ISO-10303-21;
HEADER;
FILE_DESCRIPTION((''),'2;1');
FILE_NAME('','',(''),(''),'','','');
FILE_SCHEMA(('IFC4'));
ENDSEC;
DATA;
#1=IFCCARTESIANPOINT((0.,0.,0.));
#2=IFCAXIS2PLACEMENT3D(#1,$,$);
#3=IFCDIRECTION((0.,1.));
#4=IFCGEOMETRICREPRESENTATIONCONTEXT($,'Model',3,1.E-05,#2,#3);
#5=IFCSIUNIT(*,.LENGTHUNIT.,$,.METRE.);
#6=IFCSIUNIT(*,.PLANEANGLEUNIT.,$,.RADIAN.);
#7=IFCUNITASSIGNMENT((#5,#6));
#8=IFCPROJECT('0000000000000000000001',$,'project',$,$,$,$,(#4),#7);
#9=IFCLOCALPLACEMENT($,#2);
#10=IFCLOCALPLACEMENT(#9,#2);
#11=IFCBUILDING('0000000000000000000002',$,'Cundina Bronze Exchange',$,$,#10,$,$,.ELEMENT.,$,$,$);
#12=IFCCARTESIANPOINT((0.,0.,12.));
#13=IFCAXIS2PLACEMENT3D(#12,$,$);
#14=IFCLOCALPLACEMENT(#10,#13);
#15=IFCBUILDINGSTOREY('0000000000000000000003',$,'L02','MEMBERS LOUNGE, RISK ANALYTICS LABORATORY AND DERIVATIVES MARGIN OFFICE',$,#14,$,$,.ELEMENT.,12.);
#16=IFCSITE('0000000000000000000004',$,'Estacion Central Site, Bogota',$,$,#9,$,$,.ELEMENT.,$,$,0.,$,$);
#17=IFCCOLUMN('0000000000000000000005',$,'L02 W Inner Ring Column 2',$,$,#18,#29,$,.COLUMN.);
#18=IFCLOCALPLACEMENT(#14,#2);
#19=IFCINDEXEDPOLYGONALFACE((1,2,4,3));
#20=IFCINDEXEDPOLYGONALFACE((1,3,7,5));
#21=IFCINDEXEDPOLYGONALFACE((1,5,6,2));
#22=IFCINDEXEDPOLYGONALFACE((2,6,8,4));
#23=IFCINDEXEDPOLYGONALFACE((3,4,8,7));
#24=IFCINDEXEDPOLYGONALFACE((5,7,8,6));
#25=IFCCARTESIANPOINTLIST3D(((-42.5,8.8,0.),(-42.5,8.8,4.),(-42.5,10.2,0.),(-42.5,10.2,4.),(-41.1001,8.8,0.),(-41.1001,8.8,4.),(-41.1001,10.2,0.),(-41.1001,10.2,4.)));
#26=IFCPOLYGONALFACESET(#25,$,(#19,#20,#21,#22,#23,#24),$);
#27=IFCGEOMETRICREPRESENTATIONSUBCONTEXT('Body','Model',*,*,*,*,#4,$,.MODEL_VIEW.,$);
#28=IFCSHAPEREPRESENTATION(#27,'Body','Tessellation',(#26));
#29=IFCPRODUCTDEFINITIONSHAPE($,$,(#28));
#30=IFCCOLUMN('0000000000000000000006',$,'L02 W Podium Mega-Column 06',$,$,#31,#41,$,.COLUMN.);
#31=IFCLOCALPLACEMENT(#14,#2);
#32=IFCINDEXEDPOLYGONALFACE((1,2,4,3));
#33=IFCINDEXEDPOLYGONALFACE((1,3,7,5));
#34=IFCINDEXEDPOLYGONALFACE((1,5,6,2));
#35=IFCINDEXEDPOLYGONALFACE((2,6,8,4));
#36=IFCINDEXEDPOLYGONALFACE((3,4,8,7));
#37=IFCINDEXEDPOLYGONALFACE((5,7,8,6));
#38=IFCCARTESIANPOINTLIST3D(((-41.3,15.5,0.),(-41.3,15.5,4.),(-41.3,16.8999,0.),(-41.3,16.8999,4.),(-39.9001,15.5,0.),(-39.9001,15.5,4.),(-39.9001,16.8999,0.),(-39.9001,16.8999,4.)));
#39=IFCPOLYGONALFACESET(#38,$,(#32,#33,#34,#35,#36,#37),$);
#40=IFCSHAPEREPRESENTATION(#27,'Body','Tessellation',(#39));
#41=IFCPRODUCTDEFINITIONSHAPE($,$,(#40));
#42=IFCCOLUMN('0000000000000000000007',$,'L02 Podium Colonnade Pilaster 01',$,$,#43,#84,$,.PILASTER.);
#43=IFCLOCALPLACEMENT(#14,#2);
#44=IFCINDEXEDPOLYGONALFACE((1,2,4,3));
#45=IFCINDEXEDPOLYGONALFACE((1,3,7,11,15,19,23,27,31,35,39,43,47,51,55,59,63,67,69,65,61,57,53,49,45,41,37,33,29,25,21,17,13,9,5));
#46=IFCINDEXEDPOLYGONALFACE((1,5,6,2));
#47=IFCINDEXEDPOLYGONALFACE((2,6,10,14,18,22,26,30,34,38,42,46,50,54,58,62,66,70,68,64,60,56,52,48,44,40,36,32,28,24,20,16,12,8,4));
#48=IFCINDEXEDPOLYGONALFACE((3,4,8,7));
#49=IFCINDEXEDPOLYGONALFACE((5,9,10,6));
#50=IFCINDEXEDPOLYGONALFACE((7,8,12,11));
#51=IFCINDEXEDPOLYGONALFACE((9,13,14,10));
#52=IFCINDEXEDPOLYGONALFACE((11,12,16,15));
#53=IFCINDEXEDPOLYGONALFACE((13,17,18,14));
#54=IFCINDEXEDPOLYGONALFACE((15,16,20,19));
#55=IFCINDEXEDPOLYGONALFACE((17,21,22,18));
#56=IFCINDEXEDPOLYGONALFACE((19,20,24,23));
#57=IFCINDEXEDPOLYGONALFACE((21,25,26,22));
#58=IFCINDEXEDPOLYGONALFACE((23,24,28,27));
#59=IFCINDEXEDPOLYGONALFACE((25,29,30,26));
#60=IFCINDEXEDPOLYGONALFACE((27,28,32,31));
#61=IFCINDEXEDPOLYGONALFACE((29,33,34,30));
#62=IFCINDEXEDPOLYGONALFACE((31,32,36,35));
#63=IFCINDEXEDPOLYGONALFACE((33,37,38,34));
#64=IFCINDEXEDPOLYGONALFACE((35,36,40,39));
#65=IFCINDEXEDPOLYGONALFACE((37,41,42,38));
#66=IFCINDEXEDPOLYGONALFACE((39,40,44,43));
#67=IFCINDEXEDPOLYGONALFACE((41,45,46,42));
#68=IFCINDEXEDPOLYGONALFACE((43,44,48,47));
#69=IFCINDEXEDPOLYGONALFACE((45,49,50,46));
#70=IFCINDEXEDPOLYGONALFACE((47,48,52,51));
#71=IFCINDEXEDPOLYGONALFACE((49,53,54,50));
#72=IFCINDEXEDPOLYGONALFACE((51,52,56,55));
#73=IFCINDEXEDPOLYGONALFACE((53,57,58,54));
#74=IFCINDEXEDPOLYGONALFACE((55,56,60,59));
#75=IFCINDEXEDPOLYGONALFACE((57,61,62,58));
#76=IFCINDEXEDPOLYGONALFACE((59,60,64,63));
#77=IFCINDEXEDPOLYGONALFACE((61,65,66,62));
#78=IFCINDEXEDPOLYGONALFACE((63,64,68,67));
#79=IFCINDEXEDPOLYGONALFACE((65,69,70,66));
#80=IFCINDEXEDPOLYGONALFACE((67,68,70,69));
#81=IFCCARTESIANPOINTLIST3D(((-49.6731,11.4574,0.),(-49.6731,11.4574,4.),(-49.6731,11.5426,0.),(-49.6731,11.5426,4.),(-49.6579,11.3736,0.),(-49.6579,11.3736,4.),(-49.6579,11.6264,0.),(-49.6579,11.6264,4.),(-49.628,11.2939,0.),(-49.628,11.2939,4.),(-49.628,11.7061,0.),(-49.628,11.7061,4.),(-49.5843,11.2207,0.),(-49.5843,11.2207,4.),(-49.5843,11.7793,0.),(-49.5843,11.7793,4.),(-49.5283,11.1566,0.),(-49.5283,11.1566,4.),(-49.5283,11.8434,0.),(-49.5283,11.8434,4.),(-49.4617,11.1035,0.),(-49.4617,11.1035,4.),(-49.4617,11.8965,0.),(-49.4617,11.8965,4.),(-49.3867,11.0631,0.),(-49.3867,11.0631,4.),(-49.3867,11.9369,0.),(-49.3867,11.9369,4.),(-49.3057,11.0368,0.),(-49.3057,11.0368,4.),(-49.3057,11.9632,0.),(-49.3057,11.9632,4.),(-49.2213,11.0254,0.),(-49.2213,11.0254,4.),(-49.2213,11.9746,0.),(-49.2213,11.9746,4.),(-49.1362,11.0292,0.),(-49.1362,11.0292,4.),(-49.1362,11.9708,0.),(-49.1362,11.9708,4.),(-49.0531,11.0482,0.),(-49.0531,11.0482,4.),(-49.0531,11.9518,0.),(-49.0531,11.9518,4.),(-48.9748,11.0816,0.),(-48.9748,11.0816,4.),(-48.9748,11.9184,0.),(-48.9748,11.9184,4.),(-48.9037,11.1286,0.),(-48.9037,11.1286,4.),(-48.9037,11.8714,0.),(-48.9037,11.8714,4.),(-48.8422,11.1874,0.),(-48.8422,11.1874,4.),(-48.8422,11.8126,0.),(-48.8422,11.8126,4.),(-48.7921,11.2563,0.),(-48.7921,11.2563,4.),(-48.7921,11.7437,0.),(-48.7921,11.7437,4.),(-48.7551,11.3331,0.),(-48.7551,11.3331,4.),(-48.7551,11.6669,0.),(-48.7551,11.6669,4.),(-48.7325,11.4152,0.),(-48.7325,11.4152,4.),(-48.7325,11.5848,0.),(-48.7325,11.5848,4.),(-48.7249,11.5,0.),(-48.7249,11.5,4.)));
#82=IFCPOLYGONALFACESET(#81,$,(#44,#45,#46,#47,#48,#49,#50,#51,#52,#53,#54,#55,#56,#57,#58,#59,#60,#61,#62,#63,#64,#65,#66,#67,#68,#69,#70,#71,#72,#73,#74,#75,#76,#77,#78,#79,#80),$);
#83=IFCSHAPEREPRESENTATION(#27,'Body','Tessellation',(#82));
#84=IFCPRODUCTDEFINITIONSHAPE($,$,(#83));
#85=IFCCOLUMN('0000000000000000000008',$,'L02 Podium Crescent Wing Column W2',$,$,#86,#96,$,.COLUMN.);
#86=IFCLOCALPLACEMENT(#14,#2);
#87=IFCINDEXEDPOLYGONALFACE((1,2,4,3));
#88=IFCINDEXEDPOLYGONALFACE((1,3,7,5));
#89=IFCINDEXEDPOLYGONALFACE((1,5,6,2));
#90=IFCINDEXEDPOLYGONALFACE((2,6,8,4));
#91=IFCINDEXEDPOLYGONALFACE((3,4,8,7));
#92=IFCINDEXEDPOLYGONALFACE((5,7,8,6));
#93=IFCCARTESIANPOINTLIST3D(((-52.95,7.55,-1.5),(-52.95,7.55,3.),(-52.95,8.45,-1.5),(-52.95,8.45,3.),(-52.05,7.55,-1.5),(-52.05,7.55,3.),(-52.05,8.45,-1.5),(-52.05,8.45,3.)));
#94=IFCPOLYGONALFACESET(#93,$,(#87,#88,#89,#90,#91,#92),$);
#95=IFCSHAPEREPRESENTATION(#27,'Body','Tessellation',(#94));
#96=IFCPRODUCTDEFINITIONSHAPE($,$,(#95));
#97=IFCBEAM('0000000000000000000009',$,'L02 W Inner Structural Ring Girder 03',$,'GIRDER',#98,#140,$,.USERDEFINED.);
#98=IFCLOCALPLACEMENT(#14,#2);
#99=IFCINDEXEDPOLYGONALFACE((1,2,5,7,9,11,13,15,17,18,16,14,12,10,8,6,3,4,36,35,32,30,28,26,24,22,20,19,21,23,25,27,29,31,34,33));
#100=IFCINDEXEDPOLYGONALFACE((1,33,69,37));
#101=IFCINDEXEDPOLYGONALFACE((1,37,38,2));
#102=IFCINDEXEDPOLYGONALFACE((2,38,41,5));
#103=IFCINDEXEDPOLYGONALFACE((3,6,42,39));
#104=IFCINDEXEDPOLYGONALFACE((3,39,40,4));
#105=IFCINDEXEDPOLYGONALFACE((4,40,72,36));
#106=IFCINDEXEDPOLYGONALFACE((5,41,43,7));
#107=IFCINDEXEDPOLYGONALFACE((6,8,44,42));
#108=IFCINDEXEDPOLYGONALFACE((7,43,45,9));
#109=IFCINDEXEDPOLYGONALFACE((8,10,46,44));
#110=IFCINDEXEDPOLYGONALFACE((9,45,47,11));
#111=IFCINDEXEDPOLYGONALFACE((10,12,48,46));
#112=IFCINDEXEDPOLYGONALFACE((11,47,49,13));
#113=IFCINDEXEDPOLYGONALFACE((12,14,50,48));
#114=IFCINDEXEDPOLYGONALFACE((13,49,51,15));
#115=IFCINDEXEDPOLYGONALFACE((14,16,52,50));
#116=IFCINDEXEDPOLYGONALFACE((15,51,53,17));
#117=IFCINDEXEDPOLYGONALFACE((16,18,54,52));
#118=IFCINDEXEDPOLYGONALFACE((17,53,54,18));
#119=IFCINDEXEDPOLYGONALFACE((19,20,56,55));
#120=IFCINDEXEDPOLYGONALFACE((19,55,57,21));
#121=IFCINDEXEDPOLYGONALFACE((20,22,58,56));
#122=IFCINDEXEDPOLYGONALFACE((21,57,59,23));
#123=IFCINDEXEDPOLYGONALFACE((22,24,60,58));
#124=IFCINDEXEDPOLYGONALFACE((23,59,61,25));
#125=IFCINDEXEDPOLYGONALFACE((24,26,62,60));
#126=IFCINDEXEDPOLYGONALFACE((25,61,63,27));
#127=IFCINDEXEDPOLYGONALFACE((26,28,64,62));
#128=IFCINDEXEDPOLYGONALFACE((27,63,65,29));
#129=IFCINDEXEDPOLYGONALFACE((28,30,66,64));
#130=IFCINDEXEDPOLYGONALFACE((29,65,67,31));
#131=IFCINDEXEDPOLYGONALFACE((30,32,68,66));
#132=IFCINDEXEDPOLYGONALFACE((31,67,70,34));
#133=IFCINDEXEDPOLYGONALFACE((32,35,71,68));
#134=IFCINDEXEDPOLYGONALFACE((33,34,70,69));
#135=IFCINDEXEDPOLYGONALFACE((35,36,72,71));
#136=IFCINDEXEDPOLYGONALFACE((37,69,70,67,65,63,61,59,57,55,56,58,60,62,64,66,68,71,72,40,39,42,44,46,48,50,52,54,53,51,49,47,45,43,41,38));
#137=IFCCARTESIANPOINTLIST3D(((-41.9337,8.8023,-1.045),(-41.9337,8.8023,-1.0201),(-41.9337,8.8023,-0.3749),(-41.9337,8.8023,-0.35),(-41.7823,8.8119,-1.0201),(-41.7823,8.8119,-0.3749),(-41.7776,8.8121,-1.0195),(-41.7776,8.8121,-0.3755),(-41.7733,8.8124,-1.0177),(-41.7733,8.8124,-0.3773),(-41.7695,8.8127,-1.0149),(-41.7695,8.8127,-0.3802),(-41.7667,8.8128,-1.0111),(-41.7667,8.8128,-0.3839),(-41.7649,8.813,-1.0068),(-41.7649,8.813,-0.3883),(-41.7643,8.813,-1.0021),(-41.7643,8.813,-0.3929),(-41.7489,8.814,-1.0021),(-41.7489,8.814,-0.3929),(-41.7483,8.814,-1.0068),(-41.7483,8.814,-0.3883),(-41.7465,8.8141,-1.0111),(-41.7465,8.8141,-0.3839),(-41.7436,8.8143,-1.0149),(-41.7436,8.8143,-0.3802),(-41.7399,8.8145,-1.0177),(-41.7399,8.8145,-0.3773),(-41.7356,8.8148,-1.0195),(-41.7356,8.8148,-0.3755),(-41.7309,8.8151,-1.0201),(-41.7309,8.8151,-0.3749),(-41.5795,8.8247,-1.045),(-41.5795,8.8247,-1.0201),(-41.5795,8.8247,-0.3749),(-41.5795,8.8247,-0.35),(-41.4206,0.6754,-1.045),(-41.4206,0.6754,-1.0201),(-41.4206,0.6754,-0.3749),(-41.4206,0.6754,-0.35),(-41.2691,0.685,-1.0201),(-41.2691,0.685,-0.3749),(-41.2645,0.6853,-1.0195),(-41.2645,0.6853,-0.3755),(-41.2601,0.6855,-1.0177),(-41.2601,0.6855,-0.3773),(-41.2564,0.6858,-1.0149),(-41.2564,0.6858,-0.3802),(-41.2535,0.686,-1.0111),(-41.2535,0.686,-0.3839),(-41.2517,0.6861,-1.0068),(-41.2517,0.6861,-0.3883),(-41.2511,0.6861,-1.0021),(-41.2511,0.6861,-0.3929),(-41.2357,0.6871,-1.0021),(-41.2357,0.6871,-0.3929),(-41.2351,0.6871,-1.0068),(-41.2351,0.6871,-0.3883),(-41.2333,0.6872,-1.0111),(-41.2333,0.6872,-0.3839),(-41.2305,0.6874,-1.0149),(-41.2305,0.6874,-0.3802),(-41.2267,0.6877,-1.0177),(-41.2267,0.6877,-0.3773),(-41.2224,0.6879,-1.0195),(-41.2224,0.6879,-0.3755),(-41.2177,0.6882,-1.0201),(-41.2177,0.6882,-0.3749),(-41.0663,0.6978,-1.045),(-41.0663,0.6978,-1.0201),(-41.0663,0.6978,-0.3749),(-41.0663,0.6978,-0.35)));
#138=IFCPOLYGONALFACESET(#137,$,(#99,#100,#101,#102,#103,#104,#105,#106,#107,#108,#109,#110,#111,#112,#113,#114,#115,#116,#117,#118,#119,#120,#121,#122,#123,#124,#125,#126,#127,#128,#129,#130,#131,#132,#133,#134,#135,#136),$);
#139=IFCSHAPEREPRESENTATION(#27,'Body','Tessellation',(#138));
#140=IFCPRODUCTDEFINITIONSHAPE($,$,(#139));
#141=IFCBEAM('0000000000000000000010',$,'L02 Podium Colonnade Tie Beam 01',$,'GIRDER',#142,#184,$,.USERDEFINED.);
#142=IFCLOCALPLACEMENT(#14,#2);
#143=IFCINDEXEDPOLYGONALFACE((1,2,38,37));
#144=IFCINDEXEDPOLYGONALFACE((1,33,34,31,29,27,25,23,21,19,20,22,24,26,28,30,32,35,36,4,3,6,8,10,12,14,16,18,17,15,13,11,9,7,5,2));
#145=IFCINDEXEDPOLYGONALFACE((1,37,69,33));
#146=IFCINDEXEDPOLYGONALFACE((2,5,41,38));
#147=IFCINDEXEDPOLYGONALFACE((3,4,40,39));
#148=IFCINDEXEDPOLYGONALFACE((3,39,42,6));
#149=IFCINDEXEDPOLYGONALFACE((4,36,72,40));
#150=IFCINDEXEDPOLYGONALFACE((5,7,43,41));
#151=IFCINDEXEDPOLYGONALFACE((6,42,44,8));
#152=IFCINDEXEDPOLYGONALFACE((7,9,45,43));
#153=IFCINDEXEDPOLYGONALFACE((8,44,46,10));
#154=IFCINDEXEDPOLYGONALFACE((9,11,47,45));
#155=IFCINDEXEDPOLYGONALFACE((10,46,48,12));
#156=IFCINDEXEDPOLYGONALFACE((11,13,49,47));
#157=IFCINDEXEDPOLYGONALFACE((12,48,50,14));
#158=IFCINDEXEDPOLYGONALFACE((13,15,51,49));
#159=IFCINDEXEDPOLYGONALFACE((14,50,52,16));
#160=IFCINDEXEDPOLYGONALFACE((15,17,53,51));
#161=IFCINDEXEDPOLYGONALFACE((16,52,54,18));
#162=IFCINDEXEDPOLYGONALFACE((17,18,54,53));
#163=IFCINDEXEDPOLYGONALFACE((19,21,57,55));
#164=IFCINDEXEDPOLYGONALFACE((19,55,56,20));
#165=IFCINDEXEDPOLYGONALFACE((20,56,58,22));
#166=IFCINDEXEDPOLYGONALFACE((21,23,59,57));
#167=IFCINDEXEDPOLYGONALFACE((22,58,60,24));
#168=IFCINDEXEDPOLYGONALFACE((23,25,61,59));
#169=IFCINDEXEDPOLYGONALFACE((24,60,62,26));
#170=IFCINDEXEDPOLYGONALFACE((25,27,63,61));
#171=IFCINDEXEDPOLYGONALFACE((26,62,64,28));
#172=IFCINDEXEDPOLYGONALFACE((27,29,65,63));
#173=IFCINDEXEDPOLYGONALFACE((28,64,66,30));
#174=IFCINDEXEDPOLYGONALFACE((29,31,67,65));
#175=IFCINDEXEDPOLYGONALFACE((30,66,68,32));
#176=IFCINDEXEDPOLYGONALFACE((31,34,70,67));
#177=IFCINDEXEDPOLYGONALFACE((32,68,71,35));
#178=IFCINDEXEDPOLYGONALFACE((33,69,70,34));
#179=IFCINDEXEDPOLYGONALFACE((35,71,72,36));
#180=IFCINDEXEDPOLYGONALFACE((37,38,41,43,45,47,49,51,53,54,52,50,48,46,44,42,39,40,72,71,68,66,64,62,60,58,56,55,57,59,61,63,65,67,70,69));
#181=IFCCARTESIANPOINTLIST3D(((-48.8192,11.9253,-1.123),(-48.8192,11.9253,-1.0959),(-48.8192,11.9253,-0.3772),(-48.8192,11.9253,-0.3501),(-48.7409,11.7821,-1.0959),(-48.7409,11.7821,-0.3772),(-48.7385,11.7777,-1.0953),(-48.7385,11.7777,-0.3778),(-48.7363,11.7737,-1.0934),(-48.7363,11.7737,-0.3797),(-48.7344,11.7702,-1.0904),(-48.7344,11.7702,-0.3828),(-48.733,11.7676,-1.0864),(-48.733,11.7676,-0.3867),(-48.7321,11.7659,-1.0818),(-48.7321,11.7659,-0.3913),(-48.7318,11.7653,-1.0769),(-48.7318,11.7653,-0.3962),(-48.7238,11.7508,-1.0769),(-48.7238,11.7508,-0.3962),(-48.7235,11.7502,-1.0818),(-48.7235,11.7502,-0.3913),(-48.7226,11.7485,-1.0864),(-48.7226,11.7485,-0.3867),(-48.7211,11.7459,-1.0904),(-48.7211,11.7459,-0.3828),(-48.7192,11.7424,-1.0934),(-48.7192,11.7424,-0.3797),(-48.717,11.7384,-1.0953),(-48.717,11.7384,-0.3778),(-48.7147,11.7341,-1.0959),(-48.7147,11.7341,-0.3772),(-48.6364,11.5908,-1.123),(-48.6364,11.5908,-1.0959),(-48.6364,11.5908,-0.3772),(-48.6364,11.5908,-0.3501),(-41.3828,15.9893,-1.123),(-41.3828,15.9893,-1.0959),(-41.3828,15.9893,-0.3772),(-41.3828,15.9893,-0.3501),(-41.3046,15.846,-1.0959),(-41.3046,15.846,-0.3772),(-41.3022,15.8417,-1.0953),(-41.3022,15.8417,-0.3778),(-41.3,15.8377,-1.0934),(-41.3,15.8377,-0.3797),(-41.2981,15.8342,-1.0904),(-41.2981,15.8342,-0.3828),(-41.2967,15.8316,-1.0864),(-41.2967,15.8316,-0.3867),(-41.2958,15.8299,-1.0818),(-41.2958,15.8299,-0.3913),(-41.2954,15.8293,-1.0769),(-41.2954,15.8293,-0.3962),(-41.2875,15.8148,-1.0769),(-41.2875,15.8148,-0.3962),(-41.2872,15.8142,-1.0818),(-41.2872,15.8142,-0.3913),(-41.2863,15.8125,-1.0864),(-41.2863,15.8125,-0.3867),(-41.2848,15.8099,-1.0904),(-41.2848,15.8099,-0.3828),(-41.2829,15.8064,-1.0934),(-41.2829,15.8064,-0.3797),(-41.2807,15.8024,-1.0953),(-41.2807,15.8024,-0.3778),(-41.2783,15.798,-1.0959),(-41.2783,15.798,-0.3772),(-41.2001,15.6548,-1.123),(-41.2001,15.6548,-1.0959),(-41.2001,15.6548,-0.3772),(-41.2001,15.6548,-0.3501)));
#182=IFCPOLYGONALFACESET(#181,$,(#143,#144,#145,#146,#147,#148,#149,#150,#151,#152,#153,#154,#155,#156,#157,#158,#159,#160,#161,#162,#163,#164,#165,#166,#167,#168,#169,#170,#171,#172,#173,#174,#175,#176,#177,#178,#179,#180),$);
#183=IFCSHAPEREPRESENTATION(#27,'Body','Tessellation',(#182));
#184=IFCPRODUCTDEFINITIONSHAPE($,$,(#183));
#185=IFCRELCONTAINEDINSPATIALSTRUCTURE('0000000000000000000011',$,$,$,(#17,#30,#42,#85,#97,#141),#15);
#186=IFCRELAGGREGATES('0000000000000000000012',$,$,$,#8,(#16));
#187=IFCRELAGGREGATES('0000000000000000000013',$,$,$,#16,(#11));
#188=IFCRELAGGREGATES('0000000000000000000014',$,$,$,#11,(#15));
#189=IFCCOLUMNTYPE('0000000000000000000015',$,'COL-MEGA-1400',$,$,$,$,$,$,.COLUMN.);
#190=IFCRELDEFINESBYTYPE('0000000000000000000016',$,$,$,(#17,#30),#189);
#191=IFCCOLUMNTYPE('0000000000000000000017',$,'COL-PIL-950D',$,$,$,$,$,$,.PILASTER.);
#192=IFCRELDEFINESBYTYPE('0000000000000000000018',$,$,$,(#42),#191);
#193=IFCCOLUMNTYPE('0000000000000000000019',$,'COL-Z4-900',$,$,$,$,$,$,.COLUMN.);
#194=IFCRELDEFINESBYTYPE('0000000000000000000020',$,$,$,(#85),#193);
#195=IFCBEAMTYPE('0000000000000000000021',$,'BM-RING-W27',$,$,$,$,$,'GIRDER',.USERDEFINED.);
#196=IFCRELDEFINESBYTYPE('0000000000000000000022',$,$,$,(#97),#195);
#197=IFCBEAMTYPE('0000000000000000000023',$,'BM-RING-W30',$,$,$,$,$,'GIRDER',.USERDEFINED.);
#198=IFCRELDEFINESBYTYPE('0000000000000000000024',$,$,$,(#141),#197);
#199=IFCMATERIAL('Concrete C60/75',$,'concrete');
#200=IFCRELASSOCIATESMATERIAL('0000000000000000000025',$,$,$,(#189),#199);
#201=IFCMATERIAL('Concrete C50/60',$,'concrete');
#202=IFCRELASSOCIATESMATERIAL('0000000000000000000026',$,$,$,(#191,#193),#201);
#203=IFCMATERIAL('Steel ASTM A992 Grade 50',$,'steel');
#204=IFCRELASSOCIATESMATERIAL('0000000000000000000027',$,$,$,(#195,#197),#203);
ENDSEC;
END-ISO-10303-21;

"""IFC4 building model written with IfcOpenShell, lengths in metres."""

from ifc_helpers import new_model, si_unit, direction, frame, origin, origin_2d, place, context, subcontext, project, spatial, rectangle, circle, i_section, extrude, material, material_profile, profile_set, type_object, element, save


model = new_model("IFC4")

# Units and contexts
model_context = context("Model", 3, precision=1e-05, world=origin(), true_north=direction((0.0, 1.0)))
body_context = subcontext(model_context, "Body", "Model", "MODEL_VIEW")
ifc_project = project(units=[si_unit("LENGTHUNIT", "METRE"), si_unit("PLANEANGLEUNIT", "RADIAN")], contexts=[model_context])

# Site, building, storey
site_placement = place(None, origin())
site = spatial("IfcSite", under=ifc_project, at=site_placement, Name="Estacion Central Site, Bogota", CompositionType="ELEMENT", RefElevation=0.0)
building_placement = place(site_placement, origin())
building = spatial("IfcBuilding", under=site, at=building_placement, Name="Cundina Bronze Exchange", CompositionType="ELEMENT")
storey_placement = place(building_placement, frame((0.0, 0.0, 12.0)))
storey = spatial("IfcBuildingStorey", under=building, at=storey_placement, Name="L02", Description="MEMBERS LOUNGE, RISK ANALYTICS LABORATORY AND DERIVATIVES MARGIN OFFICE", CompositionType="ELEMENT", Elevation=12.0)

# Columns
ifc_material_1 = material(Name="Concrete C60/75", Category="concrete")
ifc_material_profile_1 = material_profile(ifc_material_1, rectangle(XDim=1.3999, YDim=1.3999, at=origin_2d()), Name="RC1400X1400", Category="concrete")
ifc_profile_set_1 = profile_set([ifc_material_profile_1], Name="Concrete C60/75")
column_type_1 = type_object("IfcColumnType", Name="COL-MEGA-1400", PredefinedType="COLUMN", material=ifc_profile_set_1)
for number, where, z_axis, x_axis, name in (
    (1, (-41.8, 9.5, 0.0), (0.0, 0.0, 1.0), (1.0, 0.0, 0.0), "L02 W Inner Ring Column 2"),
    (2, (-40.6001, 16.2, 0.0), (0.0, 0.0, 1.0), (1.0, 0.0, 0.0), "L02 W Podium Mega-Column 06"),
):
    element("IfcColumn", number, at=place(storey_placement, frame(where, z_axis=z_axis, x_axis=x_axis)), inside=storey, type_object=column_type_1, Name=name, PredefinedType="COLUMN", context=body_context, shape_type="SweptSolid", body=[
        extrude(rectangle(XDim=1.3999, YDim=1.3999, at=origin_2d()), origin(), (0.0, 0.0, 1.0), 4.0),
    ])
ifc_material_2 = material(Name="Concrete C50/60", Category="concrete")
ifc_material_profile_2 = material_profile(ifc_material_2, circle(Radius=0.4751, at=origin_2d()), Name="RC950D", Category="concrete")
ifc_profile_set_2 = profile_set([ifc_material_profile_2], Name="Concrete C50/60")
column_type_2 = type_object("IfcColumnType", Name="COL-PIL-950D", PredefinedType="PILASTER", material=ifc_profile_set_2)
column_1_placement = place(storey_placement, frame((-49.2, 11.5, 0.0), z_axis=(0.0, 0.0, 1.0), x_axis=(1.0, 0.0, 0.0)))
element("IfcColumn", 3, at=column_1_placement, inside=storey, type_object=column_type_2, Name="L02 Podium Colonnade Pilaster 01", PredefinedType="PILASTER", context=body_context, shape_type="SweptSolid", body=[
    extrude(circle(Radius=0.4751, at=origin_2d()), origin(), (0.0, 0.0, 1.0), 4.0),
])
ifc_material_profile_3 = material_profile(ifc_material_2, rectangle(XDim=0.8999, YDim=0.8999, at=origin_2d()), Name="RC900X900", Category="concrete")
ifc_profile_set_3 = profile_set([ifc_material_profile_3], Name="Concrete C50/60")
column_type_3 = type_object("IfcColumnType", Name="COL-Z4-900", PredefinedType="COLUMN", material=ifc_profile_set_3)
column_2_placement = place(storey_placement, frame((-52.5, 8.0, -1.5), z_axis=(0.0, 0.0, 1.0), x_axis=(1.0, 0.0, 0.0)))
element("IfcColumn", 4, at=column_2_placement, inside=storey, type_object=column_type_3, Name="L02 Podium Crescent Wing Column W2", PredefinedType="COLUMN", context=body_context, shape_type="SweptSolid", body=[
    extrude(rectangle(XDim=0.8999, YDim=0.8999, at=origin_2d()), origin(), (0.0, 0.0, 1.0), 4.5),
])

# Beams
ifc_material_3 = material(Name="Steel ASTM A992 Grade 50", Category="steel")
ifc_material_profile_4 = material_profile(ifc_material_3, i_section(OverallWidth=0.355, OverallDepth=0.6951, WebThickness=0.0154, FlangeThickness=0.0249, FilletRadius=0.0181, at=origin_2d()), Name="W27X146", Category="steel")
ifc_profile_set_4 = profile_set([ifc_material_profile_4], Name="Steel ASTM A992 Grade 50")
beam_type_1 = type_object("IfcBeamType", Name="BM-RING-W27", ElementType="GIRDER", PredefinedType="USERDEFINED", material=ifc_profile_set_4)
beam_1_placement = place(storey_placement, frame((-41.7566, 8.8135, -0.6975), z_axis=(0.06302, -0.998012, 0.0), x_axis=(0.998012, 0.06302, 0.0)))
element("IfcBeam", 5, at=beam_1_placement, inside=storey, type_object=beam_type_1, Name="L02 W Inner Structural Ring Girder 03", ObjectType="GIRDER", PredefinedType="USERDEFINED", context=body_context, shape_type="SweptSolid", body=[
    extrude(i_section(OverallWidth=0.355, OverallDepth=0.6951, WebThickness=0.0154, FlangeThickness=0.0249, FilletRadius=0.0181, at=origin_2d()), origin(), (0.0, 0.0, 1.0), 8.1431),
])
ifc_material_profile_5 = material_profile(ifc_material_3, i_section(OverallWidth=0.3811, OverallDepth=0.7729, WebThickness=0.0166, FlangeThickness=0.0271, FilletRadius=0.019, at=origin_2d()), Name="W30X173", Category="steel")
ifc_profile_set_5 = profile_set([ifc_material_profile_5], Name="Steel ASTM A992 Grade 50")
beam_type_2 = type_object("IfcBeamType", Name="BM-RING-W30", ElementType="GIRDER", PredefinedType="USERDEFINED", material=ifc_profile_set_5)
beam_2_placement = place(storey_placement, frame((-48.7278, 11.7581, -0.7366), z_axis=(0.877508, 0.479562, 0.0), x_axis=(-0.479562, 0.877508, 0.0)))
element("IfcBeam", 6, at=beam_2_placement, inside=storey, type_object=beam_type_2, Name="L02 Podium Colonnade Tie Beam 01", ObjectType="GIRDER", PredefinedType="USERDEFINED", context=body_context, shape_type="SweptSolid", body=[
    extrude(i_section(OverallWidth=0.3811, OverallDepth=0.7729, WebThickness=0.0166, FlangeThickness=0.0271, FilletRadius=0.019, at=origin_2d()), origin(), (0.0, 0.0, 1.0), 8.4744),
])

save(model, "model.ifc")
